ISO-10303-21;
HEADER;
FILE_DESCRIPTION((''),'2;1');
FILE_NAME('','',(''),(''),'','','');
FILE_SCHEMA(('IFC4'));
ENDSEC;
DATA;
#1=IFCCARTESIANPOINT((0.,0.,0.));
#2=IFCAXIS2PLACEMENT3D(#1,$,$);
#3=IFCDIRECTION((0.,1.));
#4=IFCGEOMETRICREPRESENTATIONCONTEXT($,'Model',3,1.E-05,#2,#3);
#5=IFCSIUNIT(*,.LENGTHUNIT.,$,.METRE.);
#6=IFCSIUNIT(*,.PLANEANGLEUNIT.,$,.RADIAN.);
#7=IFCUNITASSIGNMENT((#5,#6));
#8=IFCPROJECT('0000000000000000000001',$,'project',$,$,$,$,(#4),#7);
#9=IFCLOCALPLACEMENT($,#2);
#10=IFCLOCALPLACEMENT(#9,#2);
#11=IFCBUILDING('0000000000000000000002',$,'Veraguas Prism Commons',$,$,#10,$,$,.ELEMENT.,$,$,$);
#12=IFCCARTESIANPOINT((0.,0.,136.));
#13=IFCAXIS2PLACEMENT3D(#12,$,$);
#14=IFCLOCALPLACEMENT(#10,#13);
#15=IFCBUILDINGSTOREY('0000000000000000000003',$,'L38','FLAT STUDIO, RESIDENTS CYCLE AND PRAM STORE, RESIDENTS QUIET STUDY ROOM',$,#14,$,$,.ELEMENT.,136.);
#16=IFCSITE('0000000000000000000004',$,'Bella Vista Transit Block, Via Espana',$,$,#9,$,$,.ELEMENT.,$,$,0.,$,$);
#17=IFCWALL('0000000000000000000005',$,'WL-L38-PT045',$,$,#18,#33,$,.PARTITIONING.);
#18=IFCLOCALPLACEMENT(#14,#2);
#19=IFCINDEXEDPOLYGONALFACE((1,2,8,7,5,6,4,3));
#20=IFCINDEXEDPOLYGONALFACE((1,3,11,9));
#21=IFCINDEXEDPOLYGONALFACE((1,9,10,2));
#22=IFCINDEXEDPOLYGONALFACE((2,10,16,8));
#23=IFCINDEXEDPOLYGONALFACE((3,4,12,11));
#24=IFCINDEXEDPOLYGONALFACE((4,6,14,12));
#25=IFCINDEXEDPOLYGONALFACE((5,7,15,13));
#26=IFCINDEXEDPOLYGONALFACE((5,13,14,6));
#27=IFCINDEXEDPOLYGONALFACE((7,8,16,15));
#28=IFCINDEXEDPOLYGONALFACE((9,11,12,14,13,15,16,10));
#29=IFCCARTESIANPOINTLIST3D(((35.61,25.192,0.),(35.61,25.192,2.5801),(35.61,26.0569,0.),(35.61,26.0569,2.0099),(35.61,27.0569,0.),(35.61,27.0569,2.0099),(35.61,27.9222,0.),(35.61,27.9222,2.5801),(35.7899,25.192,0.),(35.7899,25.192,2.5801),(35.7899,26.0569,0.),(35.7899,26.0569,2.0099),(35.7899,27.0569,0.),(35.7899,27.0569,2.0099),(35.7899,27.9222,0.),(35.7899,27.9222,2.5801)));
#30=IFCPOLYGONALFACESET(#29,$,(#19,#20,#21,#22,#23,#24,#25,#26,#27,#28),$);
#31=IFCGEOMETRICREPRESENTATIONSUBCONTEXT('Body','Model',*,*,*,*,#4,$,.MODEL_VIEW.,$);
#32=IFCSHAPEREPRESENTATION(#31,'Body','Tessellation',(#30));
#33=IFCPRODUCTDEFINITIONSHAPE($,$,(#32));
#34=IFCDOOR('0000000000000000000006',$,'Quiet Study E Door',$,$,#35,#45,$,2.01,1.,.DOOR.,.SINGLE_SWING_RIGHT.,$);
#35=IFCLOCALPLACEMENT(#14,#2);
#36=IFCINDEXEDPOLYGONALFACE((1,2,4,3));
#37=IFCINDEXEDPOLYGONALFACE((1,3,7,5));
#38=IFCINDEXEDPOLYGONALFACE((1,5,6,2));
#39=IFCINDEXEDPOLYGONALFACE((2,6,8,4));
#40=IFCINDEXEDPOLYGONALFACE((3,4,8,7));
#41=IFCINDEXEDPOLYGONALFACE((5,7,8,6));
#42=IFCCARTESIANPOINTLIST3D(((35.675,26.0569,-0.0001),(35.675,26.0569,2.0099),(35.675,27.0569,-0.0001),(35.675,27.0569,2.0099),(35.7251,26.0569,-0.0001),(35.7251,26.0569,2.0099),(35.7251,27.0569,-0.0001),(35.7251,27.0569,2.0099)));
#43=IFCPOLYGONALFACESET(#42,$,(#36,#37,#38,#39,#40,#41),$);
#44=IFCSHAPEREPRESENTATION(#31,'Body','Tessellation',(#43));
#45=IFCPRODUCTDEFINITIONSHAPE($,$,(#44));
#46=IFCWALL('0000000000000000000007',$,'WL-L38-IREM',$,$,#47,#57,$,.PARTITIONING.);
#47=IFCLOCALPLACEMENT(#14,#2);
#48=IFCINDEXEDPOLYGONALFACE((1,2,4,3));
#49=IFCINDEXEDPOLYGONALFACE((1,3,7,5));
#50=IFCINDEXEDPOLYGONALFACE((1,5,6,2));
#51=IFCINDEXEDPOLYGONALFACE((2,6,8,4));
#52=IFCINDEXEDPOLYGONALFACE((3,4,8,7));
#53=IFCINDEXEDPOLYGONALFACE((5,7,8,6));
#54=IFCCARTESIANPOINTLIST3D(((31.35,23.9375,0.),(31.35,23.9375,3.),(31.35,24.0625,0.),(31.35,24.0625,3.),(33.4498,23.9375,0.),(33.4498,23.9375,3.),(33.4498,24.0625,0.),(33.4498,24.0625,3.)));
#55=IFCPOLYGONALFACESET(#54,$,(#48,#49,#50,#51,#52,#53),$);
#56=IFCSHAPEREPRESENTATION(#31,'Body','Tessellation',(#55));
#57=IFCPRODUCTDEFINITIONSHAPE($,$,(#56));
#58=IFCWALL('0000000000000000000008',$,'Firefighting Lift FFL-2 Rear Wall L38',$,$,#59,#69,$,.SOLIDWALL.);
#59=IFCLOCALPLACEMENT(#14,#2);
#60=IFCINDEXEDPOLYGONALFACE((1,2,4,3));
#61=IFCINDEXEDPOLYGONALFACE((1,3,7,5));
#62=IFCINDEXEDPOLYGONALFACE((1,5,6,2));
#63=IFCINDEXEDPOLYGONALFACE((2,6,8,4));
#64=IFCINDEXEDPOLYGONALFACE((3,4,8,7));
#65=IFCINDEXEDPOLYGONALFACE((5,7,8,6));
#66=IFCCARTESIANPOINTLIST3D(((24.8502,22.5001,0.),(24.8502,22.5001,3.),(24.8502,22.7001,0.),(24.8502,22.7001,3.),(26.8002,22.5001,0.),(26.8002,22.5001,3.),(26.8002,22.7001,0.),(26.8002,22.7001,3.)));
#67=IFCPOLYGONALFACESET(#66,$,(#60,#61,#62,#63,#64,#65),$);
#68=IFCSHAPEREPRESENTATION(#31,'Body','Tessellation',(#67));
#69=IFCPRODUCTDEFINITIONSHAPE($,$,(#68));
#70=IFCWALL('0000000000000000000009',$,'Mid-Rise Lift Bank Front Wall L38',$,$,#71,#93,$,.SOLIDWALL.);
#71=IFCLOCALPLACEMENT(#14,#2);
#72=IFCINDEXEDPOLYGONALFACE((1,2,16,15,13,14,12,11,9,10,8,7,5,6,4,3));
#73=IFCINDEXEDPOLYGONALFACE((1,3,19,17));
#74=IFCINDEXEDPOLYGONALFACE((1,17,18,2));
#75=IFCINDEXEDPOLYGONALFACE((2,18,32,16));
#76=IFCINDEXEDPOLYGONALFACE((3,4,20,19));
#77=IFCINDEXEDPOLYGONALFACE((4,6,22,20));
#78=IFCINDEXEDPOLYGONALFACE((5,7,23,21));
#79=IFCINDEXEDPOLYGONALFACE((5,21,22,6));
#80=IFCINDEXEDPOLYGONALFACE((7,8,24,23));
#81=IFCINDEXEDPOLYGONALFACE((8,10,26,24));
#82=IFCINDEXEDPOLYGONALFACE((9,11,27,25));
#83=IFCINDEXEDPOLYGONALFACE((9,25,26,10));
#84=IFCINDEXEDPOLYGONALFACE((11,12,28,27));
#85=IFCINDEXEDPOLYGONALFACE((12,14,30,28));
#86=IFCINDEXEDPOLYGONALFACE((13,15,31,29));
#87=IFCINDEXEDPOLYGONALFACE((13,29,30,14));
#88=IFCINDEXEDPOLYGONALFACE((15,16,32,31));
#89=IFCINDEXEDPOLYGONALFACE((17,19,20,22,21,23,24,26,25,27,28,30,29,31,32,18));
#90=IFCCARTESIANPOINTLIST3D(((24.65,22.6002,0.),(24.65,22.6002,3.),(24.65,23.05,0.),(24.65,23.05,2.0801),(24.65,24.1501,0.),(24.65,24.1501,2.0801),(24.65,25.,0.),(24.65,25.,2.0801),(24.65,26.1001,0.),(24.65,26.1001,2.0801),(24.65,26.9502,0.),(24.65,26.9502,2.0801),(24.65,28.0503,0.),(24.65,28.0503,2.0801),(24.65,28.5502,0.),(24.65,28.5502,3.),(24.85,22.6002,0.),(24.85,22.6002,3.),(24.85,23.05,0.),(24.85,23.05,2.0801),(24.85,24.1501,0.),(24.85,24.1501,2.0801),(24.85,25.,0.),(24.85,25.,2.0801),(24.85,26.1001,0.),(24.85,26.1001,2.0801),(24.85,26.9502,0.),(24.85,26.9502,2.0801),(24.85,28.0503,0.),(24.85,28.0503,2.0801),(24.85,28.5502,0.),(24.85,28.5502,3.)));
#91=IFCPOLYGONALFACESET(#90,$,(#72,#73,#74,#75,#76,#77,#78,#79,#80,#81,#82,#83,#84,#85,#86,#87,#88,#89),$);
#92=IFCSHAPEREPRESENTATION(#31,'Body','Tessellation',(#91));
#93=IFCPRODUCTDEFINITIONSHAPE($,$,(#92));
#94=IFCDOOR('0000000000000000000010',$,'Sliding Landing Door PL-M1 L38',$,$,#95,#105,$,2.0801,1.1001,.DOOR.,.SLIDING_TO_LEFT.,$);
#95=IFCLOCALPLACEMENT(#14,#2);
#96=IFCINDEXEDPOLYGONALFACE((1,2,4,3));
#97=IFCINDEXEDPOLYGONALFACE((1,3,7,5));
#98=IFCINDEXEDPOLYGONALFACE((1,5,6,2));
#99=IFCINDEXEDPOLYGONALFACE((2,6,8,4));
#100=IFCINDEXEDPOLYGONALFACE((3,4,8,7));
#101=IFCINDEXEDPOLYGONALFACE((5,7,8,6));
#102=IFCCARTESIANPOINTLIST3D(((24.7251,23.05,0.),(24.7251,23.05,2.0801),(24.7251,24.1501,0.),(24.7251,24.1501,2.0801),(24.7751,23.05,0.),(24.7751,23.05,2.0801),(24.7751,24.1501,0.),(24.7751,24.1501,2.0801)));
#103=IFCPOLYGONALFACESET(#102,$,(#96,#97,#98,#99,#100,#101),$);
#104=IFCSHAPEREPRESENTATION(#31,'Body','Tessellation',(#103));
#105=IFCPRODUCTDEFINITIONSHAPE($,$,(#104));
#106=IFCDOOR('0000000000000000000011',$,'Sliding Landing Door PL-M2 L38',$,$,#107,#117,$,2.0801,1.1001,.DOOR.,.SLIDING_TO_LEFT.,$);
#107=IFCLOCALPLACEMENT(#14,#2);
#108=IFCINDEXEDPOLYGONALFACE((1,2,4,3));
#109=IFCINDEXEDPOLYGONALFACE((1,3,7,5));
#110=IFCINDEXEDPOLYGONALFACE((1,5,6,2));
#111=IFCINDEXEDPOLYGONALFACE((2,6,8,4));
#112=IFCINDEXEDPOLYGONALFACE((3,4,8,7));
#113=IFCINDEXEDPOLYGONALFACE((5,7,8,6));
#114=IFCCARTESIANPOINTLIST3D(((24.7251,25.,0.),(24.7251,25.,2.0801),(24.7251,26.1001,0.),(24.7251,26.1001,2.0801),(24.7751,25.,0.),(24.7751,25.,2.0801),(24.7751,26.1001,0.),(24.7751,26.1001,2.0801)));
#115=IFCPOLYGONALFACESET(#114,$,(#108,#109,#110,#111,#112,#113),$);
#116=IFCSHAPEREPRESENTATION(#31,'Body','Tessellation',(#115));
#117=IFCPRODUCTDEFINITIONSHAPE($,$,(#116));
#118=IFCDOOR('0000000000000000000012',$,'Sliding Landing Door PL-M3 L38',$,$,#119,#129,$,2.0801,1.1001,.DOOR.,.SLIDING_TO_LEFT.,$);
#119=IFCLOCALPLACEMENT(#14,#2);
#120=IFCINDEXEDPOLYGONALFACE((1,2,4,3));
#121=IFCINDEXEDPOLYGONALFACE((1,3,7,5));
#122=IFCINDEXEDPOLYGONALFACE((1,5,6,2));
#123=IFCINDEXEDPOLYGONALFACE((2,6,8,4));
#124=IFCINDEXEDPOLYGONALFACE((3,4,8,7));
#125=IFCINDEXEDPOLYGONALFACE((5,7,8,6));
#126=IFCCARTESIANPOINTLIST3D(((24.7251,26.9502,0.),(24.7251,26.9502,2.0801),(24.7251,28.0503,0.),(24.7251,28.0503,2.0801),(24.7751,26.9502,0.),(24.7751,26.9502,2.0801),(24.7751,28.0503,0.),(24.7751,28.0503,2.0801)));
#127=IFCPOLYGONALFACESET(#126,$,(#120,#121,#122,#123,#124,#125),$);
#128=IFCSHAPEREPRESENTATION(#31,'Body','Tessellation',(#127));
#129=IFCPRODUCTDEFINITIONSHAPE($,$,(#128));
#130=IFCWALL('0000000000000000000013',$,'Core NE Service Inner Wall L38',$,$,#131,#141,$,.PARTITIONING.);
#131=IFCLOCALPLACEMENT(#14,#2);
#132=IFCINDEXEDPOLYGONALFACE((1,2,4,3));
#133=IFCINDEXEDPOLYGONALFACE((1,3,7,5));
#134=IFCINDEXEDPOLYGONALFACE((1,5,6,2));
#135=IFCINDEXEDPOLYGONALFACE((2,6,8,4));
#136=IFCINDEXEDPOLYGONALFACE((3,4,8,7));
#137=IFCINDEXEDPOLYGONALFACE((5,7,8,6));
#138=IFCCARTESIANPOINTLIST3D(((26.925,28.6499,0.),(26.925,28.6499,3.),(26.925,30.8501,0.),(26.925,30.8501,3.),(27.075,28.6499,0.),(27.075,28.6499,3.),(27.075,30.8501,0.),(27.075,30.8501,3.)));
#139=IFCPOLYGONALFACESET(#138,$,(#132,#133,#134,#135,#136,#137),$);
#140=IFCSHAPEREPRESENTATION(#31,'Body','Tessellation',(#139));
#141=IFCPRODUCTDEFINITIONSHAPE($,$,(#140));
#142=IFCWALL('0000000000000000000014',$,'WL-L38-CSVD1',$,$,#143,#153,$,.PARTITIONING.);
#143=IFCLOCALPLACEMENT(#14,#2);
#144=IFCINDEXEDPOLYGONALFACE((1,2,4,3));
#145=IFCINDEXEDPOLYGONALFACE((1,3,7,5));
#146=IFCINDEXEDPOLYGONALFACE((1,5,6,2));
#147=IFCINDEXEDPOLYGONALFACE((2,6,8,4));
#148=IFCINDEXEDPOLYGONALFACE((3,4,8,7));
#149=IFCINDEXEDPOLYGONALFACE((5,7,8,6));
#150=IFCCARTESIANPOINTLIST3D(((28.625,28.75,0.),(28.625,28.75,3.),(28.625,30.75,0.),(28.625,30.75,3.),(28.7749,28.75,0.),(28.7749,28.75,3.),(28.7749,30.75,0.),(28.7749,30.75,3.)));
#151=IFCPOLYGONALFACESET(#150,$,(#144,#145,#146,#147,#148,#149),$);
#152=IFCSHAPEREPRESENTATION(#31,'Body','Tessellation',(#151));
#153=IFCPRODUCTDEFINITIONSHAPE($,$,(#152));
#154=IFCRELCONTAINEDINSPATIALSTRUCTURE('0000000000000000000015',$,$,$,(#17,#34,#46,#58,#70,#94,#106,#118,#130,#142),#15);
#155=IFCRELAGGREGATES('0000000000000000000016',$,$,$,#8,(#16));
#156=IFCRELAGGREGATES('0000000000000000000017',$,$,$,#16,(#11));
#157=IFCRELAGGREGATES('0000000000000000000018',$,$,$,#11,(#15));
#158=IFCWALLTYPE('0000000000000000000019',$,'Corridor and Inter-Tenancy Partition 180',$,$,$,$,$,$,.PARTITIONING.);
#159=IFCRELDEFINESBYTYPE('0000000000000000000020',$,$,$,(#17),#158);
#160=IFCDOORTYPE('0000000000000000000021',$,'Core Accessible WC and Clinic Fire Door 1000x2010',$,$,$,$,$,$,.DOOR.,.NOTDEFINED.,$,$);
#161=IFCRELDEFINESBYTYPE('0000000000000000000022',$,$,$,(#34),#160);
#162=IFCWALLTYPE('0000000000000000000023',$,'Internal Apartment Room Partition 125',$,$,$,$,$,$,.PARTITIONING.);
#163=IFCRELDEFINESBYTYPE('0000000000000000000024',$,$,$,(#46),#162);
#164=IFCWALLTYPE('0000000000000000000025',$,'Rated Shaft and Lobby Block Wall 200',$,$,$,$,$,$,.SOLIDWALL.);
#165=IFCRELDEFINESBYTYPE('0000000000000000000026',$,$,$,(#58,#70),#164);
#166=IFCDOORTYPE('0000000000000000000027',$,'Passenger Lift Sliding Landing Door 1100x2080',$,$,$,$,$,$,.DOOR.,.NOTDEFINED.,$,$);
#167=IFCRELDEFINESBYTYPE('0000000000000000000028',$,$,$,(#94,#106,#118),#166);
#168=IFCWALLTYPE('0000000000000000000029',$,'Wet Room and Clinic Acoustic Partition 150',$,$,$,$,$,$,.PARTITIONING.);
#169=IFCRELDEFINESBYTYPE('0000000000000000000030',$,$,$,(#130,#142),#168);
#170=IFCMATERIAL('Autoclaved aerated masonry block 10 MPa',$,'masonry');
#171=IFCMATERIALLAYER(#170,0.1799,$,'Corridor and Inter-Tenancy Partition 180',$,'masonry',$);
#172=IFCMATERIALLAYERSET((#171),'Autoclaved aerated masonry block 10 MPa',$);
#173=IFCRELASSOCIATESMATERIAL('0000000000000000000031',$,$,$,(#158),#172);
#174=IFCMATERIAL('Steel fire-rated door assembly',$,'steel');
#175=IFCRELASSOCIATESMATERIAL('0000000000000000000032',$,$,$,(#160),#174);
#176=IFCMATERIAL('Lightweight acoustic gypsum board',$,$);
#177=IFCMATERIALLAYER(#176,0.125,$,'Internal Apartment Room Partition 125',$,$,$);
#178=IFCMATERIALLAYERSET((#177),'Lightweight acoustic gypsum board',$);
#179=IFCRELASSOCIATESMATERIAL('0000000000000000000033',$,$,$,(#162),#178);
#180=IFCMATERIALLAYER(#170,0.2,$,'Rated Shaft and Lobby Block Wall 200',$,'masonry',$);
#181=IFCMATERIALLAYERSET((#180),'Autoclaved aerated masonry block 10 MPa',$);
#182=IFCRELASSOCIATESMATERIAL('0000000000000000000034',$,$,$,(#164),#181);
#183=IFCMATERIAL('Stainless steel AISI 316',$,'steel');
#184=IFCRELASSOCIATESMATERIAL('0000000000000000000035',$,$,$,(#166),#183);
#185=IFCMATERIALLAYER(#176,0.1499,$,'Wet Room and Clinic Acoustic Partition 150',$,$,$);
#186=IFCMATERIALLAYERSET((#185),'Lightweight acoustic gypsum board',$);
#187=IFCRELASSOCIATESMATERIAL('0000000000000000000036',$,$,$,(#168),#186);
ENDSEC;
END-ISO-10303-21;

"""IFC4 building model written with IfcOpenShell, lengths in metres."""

from ifc_helpers import new_model, si_unit, direction, frame, frame_2d, origin, place, context, subcontext, project, spatial, rectangle, extrude, source, transform, mapped, material, layer, layer_set, type_object, element, fill, save


model = new_model("IFC4")

# Units and contexts
model_context = context("Model", 3, precision=1e-05, world=origin(), true_north=direction((0.0, 1.0)))
body_context = subcontext(model_context, "Body", "Model", "MODEL_VIEW")
ifc_project = project(units=[si_unit("LENGTHUNIT", "METRE"), si_unit("PLANEANGLEUNIT", "RADIAN")], contexts=[model_context])

# Site, building, storey
site_placement = place(None, origin())
site = spatial("IfcSite", under=ifc_project, at=site_placement, Name="Bella Vista Transit Block, Via Espana", CompositionType="ELEMENT", RefElevation=0.0)
building_placement = place(site_placement, origin())
building = spatial("IfcBuilding", under=site, at=building_placement, Name="Veraguas Prism Commons", CompositionType="ELEMENT")
storey_placement = place(building_placement, frame((0.0, 0.0, 136.0)))
storey = spatial("IfcBuildingStorey", under=building, at=storey_placement, Name="L38", Description="FLAT STUDIO, RESIDENTS CYCLE AND PRAM STORE, RESIDENTS QUIET STUDY ROOM", CompositionType="ELEMENT", Elevation=136.0)

# Shared definitions
ifc_material_1 = material(Name="Steel fire-rated door assembly", Category="steel")

# Wall, opening, door
ifc_material_2 = material(Name="Autoclaved aerated masonry block 10 MPa", Category="masonry")
ifc_layer_1 = layer(ifc_material_2, 0.1799, Name="Corridor and Inter-Tenancy Partition 180", Category="masonry")
ifc_layer_set_1 = layer_set([ifc_layer_1], Name="Autoclaved aerated masonry block 10 MPa")
wall_type_1 = type_object("IfcWallType", Name="Corridor and Inter-Tenancy Partition 180", PredefinedType="PARTITIONING", material=ifc_layer_set_1)
wall_1_placement = place(storey_placement, frame((35.7, 25.1919, 0.0), z_axis=(0.0, 0.0, 1.0), x_axis=(0.0, 1.0, 0.0)))
wall_1 = element("IfcWall", 1, at=wall_1_placement, inside=storey, type_object=wall_type_1, Name="WL-L38-PT045", PredefinedType="PARTITIONING", context=body_context, shape_type="SweptSolid", body=[
    extrude(rectangle(XDim=2.7302, YDim=0.1799, at=frame_2d((1.3652, 0.0))), origin(), (0.0, 0.0, 1.0), 2.5801),
])
opening_1_placement = place(wall_1_placement, frame((0.865, 0.0, 0.0)))
opening_1 = element("IfcOpeningElement", 2, at=opening_1_placement, cuts=wall_1, PredefinedType="OPENING", context=body_context, shape_type="SweptSolid", body=[
    extrude(rectangle(XDim=1.0, YDim=2.01, at=frame_2d((0.5, 1.0049))), frame((0.0, 0.0999, 0.0), z_axis=(0.0, -1.0, 0.0), x_axis=(1.0, 0.0, 0.0)), (0.0, 0.0, 1.0), 0.2),
])
door_type_1 = type_object("IfcDoorType", Name="Core Accessible WC and Clinic Fire Door 1000x2010", OperationType="NOTDEFINED", PredefinedType="DOOR", material=ifc_material_1)
shared_shape_1 = source(origin(), body_context, "Body", "SweptSolid", [
    extrude(rectangle(XDim=1.0, YDim=2.01, at=frame_2d((0.5, 1.0049))), frame((0.0, 0.0249, 0.0), z_axis=(0.0, -1.0, 0.0), x_axis=(1.0, 0.0, 0.0)), (0.0, 0.0, 1.0), 0.05),
])
door_1_placement = place(opening_1_placement, origin())
door_1 = element("IfcDoor", 3, at=door_1_placement, inside=storey, type_object=door_type_1, Name="Quiet Study E Door", OperationType="SINGLE_SWING_RIGHT", OverallHeight=2.01, OverallWidth=1.0, PredefinedType="DOOR", context=body_context, shape_type="MappedRepresentation", body=[
    mapped(shared_shape_1, transform((0.0, 0.0, 0.0), scale=1.0)),
])
fill(opening_1, door_1)

# Walls
ifc_material_3 = material(Name="Lightweight acoustic gypsum board")
ifc_layer_2 = layer(ifc_material_3, 0.125, Name="Internal Apartment Room Partition 125")
ifc_layer_set_2 = layer_set([ifc_layer_2], Name="Lightweight acoustic gypsum board")
wall_type_2 = type_object("IfcWallType", Name="Internal Apartment Room Partition 125", PredefinedType="PARTITIONING", material=ifc_layer_set_2)
wall_2_placement = place(storey_placement, frame((31.3501, 24.0, 0.0), z_axis=(0.0, 0.0, 1.0), x_axis=(1.0, 0.0, 0.0)))
element("IfcWall", 4, at=wall_2_placement, inside=storey, type_object=wall_type_2, Name="WL-L38-IREM", PredefinedType="PARTITIONING", context=body_context, shape_type="SweptSolid", body=[
    extrude(rectangle(XDim=2.0999, YDim=0.125, at=frame_2d((1.0498, 0.0))), origin(), (0.0, 0.0, 1.0), 3.0),
])
ifc_layer_3 = layer(ifc_material_2, 0.2, Name="Rated Shaft and Lobby Block Wall 200", Category="masonry")
ifc_layer_set_3 = layer_set([ifc_layer_3], Name="Autoclaved aerated masonry block 10 MPa")
wall_type_3 = type_object("IfcWallType", Name="Rated Shaft and Lobby Block Wall 200", PredefinedType="SOLIDWALL", material=ifc_layer_set_3)
wall_3_placement = place(storey_placement, frame((24.8501, 22.6001, 0.0), z_axis=(0.0, 0.0, 1.0), x_axis=(1.0, 0.0, 0.0)))
element("IfcWall", 5, at=wall_3_placement, inside=storey, type_object=wall_type_3, Name="Firefighting Lift FFL-2 Rear Wall L38", PredefinedType="SOLIDWALL", context=body_context, shape_type="SweptSolid", body=[
    extrude(rectangle(XDim=1.95, YDim=0.2, at=frame_2d((0.9751, 0.0))), origin(), (0.0, 0.0, 1.0), 3.0),
])

# Wall, openings, doors
wall_4_placement = place(storey_placement, frame((24.75, 22.6001, 0.0), z_axis=(0.0, 0.0, 1.0), x_axis=(0.0, 1.0, 0.0)))
wall_4 = element("IfcWall", 6, at=wall_4_placement, inside=storey, type_object=wall_type_3, Name="Mid-Rise Lift Bank Front Wall L38", PredefinedType="SOLIDWALL", context=body_context, shape_type="SweptSolid", body=[
    extrude(rectangle(XDim=5.95, YDim=0.2, at=frame_2d((2.9751, 0.0))), origin(), (0.0, 0.0, 1.0), 3.0),
])
opening_2_placement = place(wall_4_placement, frame((0.45, 0.0, 0.0)))
opening_2 = element("IfcOpeningElement", 7, at=opening_2_placement, cuts=wall_4, PredefinedType="OPENING", context=body_context, shape_type="SweptSolid", body=[
    extrude(rectangle(XDim=1.1001, YDim=2.0801, at=frame_2d((0.55, 1.04))), frame((0.0, 0.1099, 0.0), z_axis=(0.0, -1.0, 0.0), x_axis=(1.0, 0.0, 0.0)), (0.0, 0.0, 1.0), 0.22),
])
opening_3_placement = place(wall_4_placement, frame((2.3999, 0.0, 0.0)))
opening_3 = element("IfcOpeningElement", 8, at=opening_3_placement, cuts=wall_4, PredefinedType="OPENING", context=body_context, shape_type="SweptSolid", body=[
    extrude(rectangle(XDim=1.1001, YDim=2.0801, at=frame_2d((0.55, 1.04))), frame((0.0, 0.1099, 0.0), z_axis=(0.0, -1.0, 0.0), x_axis=(1.0, 0.0, 0.0)), (0.0, 0.0, 1.0), 0.22),
])
opening_4_placement = place(wall_4_placement, frame((4.3501, 0.0, 0.0)))
opening_4 = element("IfcOpeningElement", 9, at=opening_4_placement, cuts=wall_4, PredefinedType="OPENING", context=body_context, shape_type="SweptSolid", body=[
    extrude(rectangle(XDim=1.1001, YDim=2.0801, at=frame_2d((0.55, 1.04))), frame((0.0, 0.1099, 0.0), z_axis=(0.0, -1.0, 0.0), x_axis=(1.0, 0.0, 0.0)), (0.0, 0.0, 1.0), 0.22),
])
ifc_material_4 = material(Name="Stainless steel AISI 316", Category="steel")
door_type_2 = type_object("IfcDoorType", Name="Passenger Lift Sliding Landing Door 1100x2080", OperationType="NOTDEFINED", PredefinedType="DOOR", material=ifc_material_4)
shared_shape_2 = source(origin(), body_context, "Body", "SweptSolid", [
    extrude(rectangle(XDim=1.1001, YDim=2.0801, at=frame_2d((0.55, 1.04))), frame((0.0, 0.0249, 0.0), z_axis=(0.0, -1.0, 0.0), x_axis=(1.0, 0.0, 0.0)), (0.0, 0.0, 1.0), 0.05),
])
door_2_placement = place(opening_2_placement, origin())
door_2 = element("IfcDoor", 10, at=door_2_placement, inside=storey, type_object=door_type_2, Name="Sliding Landing Door PL-M1 L38", OperationType="SLIDING_TO_LEFT", OverallHeight=2.0801, OverallWidth=1.1001, PredefinedType="DOOR", context=body_context, shape_type="MappedRepresentation", body=[
    mapped(shared_shape_2, transform((0.0, 0.0, 0.0), scale=1.0)),
])
fill(opening_2, door_2)
door_3_placement = place(opening_3_placement, origin())
door_3 = element("IfcDoor", 11, at=door_3_placement, inside=storey, type_object=door_type_2, Name="Sliding Landing Door PL-M2 L38", OperationType="SLIDING_TO_LEFT", OverallHeight=2.0801, OverallWidth=1.1001, PredefinedType="DOOR", context=body_context, shape_type="MappedRepresentation", body=[
    mapped(shared_shape_2, transform((0.0, 0.0, 0.0), scale=1.0)),
])
fill(opening_3, door_3)
door_4_placement = place(opening_4_placement, origin())
door_4 = element("IfcDoor", 12, at=door_4_placement, inside=storey, type_object=door_type_2, Name="Sliding Landing Door PL-M3 L38", OperationType="SLIDING_TO_LEFT", OverallHeight=2.0801, OverallWidth=1.1001, PredefinedType="DOOR", context=body_context, shape_type="MappedRepresentation", body=[
    mapped(shared_shape_2, transform((0.0, 0.0, 0.0), scale=1.0)),
])
fill(opening_4, door_4)

# Walls
ifc_layer_4 = layer(ifc_material_3, 0.1499, Name="Wet Room and Clinic Acoustic Partition 150")
ifc_layer_set_4 = layer_set([ifc_layer_4], Name="Lightweight acoustic gypsum board")
wall_type_4 = type_object("IfcWallType", Name="Wet Room and Clinic Acoustic Partition 150", PredefinedType="PARTITIONING", material=ifc_layer_set_4)
wall_5_placement = place(storey_placement, frame((27.0, 28.6499, 0.0), z_axis=(0.0, 0.0, 1.0), x_axis=(0.0, 1.0, 0.0)))
element("IfcWall", 13, at=wall_5_placement, inside=storey, type_object=wall_type_4, Name="Core NE Service Inner Wall L38", PredefinedType="PARTITIONING", context=body_context, shape_type="SweptSolid", body=[
    extrude(rectangle(XDim=2.2002, YDim=0.1499, at=frame_2d((1.1001, 0.0))), origin(), (0.0, 0.0, 1.0), 3.0),
])
wall_6_placement = place(storey_placement, frame((28.7, 28.75, 0.0), z_axis=(0.0, 0.0, 1.0), x_axis=(0.0, 1.0, 0.0)))
element("IfcWall", 14, at=wall_6_placement, inside=storey, type_object=wall_type_4, Name="WL-L38-CSVD1", PredefinedType="PARTITIONING", context=body_context, shape_type="SweptSolid", body=[
    extrude(rectangle(XDim=2.0, YDim=0.1499, at=frame_2d((1.0, 0.0))), origin(), (0.0, 0.0, 1.0), 3.0),
])

save(model, "model.ifc")
